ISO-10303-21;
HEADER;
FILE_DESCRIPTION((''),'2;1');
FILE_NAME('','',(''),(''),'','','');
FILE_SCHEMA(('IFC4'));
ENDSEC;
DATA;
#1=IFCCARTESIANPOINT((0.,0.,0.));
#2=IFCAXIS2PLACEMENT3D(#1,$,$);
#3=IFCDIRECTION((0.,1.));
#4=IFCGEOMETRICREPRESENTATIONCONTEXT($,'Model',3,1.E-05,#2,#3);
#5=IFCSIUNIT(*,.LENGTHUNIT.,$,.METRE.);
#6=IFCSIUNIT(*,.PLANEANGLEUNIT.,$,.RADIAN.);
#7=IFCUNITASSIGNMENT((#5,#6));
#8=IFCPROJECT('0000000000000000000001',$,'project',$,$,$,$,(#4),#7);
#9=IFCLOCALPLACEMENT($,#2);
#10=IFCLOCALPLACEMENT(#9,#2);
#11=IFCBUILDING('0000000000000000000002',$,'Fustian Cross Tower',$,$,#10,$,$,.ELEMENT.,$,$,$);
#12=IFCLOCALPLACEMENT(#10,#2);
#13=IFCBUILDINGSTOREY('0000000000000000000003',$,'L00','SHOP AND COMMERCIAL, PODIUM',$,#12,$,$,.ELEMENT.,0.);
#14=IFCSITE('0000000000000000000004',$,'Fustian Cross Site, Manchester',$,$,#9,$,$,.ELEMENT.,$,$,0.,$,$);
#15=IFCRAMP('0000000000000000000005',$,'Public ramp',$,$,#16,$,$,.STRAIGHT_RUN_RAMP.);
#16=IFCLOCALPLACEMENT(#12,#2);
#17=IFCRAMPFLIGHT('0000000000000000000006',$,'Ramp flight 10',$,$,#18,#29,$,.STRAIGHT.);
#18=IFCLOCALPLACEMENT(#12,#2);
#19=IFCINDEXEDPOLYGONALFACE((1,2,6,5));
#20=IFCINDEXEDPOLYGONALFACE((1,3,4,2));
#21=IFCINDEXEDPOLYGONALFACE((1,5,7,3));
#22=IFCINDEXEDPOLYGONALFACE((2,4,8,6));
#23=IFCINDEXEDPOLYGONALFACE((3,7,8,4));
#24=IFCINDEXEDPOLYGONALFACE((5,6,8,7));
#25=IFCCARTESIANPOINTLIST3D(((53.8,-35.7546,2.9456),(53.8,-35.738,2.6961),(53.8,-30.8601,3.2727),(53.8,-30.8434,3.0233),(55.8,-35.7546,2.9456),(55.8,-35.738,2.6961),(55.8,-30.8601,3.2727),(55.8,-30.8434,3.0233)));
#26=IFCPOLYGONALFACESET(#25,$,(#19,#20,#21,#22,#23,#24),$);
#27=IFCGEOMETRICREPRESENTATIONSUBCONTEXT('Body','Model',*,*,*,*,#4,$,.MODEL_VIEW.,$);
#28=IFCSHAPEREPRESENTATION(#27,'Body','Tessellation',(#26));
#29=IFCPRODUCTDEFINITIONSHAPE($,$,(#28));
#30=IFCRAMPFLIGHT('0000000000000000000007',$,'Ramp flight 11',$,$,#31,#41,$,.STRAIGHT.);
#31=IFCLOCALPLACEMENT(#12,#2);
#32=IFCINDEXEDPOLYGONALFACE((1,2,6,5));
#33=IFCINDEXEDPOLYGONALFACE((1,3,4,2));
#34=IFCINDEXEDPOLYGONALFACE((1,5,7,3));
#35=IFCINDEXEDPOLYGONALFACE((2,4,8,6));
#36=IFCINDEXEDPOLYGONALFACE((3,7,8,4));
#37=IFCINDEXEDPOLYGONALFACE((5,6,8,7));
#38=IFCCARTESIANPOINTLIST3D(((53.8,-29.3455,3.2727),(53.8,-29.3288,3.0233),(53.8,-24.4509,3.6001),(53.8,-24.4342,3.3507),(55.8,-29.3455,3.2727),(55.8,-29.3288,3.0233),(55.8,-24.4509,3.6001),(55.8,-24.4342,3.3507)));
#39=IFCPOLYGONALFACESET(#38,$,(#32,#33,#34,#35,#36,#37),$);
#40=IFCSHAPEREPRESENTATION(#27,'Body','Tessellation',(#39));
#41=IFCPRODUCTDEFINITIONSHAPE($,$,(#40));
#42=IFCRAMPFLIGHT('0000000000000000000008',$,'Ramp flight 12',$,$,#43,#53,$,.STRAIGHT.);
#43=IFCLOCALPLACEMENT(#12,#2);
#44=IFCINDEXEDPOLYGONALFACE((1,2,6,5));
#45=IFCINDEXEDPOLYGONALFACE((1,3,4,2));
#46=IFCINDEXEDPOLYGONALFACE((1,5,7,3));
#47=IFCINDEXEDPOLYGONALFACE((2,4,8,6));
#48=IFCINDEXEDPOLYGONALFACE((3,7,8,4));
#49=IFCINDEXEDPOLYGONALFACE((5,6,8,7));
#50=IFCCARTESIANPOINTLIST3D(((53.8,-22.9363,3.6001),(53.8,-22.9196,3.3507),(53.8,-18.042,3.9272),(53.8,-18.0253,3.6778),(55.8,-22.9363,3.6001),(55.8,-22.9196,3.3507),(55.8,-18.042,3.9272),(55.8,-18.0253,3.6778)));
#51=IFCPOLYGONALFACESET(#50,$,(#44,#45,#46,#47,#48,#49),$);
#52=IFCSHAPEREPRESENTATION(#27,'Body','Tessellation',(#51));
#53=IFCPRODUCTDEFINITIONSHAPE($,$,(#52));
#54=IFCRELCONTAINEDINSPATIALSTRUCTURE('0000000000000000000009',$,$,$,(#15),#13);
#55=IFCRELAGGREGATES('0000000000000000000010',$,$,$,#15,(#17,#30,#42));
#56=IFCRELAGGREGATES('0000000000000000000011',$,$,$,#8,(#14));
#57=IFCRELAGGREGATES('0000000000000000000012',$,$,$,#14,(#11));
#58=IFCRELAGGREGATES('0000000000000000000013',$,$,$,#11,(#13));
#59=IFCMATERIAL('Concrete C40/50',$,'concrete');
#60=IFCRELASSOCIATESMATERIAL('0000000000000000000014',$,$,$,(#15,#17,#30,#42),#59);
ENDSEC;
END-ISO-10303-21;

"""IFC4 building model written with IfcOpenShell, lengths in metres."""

from ifc_helpers import new_model, si_unit, direction, frame, origin, place, context, subcontext, project, spatial, polyline, outline, extrude, material, element, aggregate, save


model = new_model("IFC4")

# Units and contexts
model_context = context("Model", 3, precision=1e-05, world=origin(), true_north=direction((0.0, 1.0)))
body_context = subcontext(model_context, "Body", "Model", "MODEL_VIEW")
ifc_project = project(units=[si_unit("LENGTHUNIT", "METRE"), si_unit("PLANEANGLEUNIT", "RADIAN")], contexts=[model_context])

# Site, building, storey
site_placement = place(None, origin())
site = spatial("IfcSite", under=ifc_project, at=site_placement, Name="Fustian Cross Site, Manchester", CompositionType="ELEMENT", RefElevation=0.0)
building_placement = place(site_placement, origin())
building = spatial("IfcBuilding", under=site, at=building_placement, Name="Fustian Cross Tower", CompositionType="ELEMENT")
storey_placement = place(building_placement, origin())
storey = spatial("IfcBuildingStorey", under=building, at=storey_placement, Name="L00", Description="SHOP AND COMMERCIAL, PODIUM", CompositionType="ELEMENT", Elevation=0.0)

# Ramp, ramp flights
ifc_material_1 = material(Name="Concrete C40/50", Category="concrete")
ramp_placement = place(storey_placement, origin())
ramp = element("IfcRamp", 1, at=ramp_placement, inside=storey, material=ifc_material_1, Name="Public ramp", PredefinedType="STRAIGHT_RUN_RAMP")
ramp_flight_1_placement = place(storey_placement, frame((53.8, -35.7546, 2.9456), z_axis=(0.0, -0.066691, 0.997774), x_axis=(1.0, 0.0, 0.0)))
ramp_flight_1 = element("IfcRampFlight", 2, at=ramp_flight_1_placement, material=ifc_material_1, Name="Ramp flight 10", PredefinedType="STRAIGHT", context=body_context, shape_type="SweptSolid", body=[
    extrude(outline(polyline([(0.0, 0.0), (2.0, 0.0), (2.0, 4.9055), (0.0, 4.9055), (0.0, 0.0)])), origin(), (0.0, 0.0, -1.0), 0.25),
])
ramp_flight_2_placement = place(storey_placement, frame((53.8, -29.3455, 3.2727), z_axis=(0.0, -0.06674, 0.99777), x_axis=(1.0, 0.0, 0.0)))
ramp_flight_2 = element("IfcRampFlight", 3, at=ramp_flight_2_placement, material=ifc_material_1, Name="Ramp flight 11", PredefinedType="STRAIGHT", context=body_context, shape_type="SweptSolid", body=[
    extrude(outline(polyline([(0.0, 0.0), (2.0, 0.0), (2.0, 4.9055), (0.0, 4.9055), (0.0, 0.0)])), origin(), (0.0, 0.0, -1.0), 0.25),
])
ramp_flight_3_placement = place(storey_placement, frame((53.8, -22.9363, 3.6001), z_axis=(0.0, -0.066694, 0.997773), x_axis=(1.0, 0.0, 0.0)))
ramp_flight_3 = element("IfcRampFlight", 4, at=ramp_flight_3_placement, material=ifc_material_1, Name="Ramp flight 12", PredefinedType="STRAIGHT", context=body_context, shape_type="SweptSolid", body=[
    extrude(outline(polyline([(0.0, 0.0), (2.0, 0.0), (2.0, 4.9052), (0.0, 4.9052), (0.0, 0.0)])), origin(), (0.0, 0.0, -1.0), 0.25),
])
aggregate(ramp, [ramp_flight_1, ramp_flight_2, ramp_flight_3])

save(model, "model.ifc")
